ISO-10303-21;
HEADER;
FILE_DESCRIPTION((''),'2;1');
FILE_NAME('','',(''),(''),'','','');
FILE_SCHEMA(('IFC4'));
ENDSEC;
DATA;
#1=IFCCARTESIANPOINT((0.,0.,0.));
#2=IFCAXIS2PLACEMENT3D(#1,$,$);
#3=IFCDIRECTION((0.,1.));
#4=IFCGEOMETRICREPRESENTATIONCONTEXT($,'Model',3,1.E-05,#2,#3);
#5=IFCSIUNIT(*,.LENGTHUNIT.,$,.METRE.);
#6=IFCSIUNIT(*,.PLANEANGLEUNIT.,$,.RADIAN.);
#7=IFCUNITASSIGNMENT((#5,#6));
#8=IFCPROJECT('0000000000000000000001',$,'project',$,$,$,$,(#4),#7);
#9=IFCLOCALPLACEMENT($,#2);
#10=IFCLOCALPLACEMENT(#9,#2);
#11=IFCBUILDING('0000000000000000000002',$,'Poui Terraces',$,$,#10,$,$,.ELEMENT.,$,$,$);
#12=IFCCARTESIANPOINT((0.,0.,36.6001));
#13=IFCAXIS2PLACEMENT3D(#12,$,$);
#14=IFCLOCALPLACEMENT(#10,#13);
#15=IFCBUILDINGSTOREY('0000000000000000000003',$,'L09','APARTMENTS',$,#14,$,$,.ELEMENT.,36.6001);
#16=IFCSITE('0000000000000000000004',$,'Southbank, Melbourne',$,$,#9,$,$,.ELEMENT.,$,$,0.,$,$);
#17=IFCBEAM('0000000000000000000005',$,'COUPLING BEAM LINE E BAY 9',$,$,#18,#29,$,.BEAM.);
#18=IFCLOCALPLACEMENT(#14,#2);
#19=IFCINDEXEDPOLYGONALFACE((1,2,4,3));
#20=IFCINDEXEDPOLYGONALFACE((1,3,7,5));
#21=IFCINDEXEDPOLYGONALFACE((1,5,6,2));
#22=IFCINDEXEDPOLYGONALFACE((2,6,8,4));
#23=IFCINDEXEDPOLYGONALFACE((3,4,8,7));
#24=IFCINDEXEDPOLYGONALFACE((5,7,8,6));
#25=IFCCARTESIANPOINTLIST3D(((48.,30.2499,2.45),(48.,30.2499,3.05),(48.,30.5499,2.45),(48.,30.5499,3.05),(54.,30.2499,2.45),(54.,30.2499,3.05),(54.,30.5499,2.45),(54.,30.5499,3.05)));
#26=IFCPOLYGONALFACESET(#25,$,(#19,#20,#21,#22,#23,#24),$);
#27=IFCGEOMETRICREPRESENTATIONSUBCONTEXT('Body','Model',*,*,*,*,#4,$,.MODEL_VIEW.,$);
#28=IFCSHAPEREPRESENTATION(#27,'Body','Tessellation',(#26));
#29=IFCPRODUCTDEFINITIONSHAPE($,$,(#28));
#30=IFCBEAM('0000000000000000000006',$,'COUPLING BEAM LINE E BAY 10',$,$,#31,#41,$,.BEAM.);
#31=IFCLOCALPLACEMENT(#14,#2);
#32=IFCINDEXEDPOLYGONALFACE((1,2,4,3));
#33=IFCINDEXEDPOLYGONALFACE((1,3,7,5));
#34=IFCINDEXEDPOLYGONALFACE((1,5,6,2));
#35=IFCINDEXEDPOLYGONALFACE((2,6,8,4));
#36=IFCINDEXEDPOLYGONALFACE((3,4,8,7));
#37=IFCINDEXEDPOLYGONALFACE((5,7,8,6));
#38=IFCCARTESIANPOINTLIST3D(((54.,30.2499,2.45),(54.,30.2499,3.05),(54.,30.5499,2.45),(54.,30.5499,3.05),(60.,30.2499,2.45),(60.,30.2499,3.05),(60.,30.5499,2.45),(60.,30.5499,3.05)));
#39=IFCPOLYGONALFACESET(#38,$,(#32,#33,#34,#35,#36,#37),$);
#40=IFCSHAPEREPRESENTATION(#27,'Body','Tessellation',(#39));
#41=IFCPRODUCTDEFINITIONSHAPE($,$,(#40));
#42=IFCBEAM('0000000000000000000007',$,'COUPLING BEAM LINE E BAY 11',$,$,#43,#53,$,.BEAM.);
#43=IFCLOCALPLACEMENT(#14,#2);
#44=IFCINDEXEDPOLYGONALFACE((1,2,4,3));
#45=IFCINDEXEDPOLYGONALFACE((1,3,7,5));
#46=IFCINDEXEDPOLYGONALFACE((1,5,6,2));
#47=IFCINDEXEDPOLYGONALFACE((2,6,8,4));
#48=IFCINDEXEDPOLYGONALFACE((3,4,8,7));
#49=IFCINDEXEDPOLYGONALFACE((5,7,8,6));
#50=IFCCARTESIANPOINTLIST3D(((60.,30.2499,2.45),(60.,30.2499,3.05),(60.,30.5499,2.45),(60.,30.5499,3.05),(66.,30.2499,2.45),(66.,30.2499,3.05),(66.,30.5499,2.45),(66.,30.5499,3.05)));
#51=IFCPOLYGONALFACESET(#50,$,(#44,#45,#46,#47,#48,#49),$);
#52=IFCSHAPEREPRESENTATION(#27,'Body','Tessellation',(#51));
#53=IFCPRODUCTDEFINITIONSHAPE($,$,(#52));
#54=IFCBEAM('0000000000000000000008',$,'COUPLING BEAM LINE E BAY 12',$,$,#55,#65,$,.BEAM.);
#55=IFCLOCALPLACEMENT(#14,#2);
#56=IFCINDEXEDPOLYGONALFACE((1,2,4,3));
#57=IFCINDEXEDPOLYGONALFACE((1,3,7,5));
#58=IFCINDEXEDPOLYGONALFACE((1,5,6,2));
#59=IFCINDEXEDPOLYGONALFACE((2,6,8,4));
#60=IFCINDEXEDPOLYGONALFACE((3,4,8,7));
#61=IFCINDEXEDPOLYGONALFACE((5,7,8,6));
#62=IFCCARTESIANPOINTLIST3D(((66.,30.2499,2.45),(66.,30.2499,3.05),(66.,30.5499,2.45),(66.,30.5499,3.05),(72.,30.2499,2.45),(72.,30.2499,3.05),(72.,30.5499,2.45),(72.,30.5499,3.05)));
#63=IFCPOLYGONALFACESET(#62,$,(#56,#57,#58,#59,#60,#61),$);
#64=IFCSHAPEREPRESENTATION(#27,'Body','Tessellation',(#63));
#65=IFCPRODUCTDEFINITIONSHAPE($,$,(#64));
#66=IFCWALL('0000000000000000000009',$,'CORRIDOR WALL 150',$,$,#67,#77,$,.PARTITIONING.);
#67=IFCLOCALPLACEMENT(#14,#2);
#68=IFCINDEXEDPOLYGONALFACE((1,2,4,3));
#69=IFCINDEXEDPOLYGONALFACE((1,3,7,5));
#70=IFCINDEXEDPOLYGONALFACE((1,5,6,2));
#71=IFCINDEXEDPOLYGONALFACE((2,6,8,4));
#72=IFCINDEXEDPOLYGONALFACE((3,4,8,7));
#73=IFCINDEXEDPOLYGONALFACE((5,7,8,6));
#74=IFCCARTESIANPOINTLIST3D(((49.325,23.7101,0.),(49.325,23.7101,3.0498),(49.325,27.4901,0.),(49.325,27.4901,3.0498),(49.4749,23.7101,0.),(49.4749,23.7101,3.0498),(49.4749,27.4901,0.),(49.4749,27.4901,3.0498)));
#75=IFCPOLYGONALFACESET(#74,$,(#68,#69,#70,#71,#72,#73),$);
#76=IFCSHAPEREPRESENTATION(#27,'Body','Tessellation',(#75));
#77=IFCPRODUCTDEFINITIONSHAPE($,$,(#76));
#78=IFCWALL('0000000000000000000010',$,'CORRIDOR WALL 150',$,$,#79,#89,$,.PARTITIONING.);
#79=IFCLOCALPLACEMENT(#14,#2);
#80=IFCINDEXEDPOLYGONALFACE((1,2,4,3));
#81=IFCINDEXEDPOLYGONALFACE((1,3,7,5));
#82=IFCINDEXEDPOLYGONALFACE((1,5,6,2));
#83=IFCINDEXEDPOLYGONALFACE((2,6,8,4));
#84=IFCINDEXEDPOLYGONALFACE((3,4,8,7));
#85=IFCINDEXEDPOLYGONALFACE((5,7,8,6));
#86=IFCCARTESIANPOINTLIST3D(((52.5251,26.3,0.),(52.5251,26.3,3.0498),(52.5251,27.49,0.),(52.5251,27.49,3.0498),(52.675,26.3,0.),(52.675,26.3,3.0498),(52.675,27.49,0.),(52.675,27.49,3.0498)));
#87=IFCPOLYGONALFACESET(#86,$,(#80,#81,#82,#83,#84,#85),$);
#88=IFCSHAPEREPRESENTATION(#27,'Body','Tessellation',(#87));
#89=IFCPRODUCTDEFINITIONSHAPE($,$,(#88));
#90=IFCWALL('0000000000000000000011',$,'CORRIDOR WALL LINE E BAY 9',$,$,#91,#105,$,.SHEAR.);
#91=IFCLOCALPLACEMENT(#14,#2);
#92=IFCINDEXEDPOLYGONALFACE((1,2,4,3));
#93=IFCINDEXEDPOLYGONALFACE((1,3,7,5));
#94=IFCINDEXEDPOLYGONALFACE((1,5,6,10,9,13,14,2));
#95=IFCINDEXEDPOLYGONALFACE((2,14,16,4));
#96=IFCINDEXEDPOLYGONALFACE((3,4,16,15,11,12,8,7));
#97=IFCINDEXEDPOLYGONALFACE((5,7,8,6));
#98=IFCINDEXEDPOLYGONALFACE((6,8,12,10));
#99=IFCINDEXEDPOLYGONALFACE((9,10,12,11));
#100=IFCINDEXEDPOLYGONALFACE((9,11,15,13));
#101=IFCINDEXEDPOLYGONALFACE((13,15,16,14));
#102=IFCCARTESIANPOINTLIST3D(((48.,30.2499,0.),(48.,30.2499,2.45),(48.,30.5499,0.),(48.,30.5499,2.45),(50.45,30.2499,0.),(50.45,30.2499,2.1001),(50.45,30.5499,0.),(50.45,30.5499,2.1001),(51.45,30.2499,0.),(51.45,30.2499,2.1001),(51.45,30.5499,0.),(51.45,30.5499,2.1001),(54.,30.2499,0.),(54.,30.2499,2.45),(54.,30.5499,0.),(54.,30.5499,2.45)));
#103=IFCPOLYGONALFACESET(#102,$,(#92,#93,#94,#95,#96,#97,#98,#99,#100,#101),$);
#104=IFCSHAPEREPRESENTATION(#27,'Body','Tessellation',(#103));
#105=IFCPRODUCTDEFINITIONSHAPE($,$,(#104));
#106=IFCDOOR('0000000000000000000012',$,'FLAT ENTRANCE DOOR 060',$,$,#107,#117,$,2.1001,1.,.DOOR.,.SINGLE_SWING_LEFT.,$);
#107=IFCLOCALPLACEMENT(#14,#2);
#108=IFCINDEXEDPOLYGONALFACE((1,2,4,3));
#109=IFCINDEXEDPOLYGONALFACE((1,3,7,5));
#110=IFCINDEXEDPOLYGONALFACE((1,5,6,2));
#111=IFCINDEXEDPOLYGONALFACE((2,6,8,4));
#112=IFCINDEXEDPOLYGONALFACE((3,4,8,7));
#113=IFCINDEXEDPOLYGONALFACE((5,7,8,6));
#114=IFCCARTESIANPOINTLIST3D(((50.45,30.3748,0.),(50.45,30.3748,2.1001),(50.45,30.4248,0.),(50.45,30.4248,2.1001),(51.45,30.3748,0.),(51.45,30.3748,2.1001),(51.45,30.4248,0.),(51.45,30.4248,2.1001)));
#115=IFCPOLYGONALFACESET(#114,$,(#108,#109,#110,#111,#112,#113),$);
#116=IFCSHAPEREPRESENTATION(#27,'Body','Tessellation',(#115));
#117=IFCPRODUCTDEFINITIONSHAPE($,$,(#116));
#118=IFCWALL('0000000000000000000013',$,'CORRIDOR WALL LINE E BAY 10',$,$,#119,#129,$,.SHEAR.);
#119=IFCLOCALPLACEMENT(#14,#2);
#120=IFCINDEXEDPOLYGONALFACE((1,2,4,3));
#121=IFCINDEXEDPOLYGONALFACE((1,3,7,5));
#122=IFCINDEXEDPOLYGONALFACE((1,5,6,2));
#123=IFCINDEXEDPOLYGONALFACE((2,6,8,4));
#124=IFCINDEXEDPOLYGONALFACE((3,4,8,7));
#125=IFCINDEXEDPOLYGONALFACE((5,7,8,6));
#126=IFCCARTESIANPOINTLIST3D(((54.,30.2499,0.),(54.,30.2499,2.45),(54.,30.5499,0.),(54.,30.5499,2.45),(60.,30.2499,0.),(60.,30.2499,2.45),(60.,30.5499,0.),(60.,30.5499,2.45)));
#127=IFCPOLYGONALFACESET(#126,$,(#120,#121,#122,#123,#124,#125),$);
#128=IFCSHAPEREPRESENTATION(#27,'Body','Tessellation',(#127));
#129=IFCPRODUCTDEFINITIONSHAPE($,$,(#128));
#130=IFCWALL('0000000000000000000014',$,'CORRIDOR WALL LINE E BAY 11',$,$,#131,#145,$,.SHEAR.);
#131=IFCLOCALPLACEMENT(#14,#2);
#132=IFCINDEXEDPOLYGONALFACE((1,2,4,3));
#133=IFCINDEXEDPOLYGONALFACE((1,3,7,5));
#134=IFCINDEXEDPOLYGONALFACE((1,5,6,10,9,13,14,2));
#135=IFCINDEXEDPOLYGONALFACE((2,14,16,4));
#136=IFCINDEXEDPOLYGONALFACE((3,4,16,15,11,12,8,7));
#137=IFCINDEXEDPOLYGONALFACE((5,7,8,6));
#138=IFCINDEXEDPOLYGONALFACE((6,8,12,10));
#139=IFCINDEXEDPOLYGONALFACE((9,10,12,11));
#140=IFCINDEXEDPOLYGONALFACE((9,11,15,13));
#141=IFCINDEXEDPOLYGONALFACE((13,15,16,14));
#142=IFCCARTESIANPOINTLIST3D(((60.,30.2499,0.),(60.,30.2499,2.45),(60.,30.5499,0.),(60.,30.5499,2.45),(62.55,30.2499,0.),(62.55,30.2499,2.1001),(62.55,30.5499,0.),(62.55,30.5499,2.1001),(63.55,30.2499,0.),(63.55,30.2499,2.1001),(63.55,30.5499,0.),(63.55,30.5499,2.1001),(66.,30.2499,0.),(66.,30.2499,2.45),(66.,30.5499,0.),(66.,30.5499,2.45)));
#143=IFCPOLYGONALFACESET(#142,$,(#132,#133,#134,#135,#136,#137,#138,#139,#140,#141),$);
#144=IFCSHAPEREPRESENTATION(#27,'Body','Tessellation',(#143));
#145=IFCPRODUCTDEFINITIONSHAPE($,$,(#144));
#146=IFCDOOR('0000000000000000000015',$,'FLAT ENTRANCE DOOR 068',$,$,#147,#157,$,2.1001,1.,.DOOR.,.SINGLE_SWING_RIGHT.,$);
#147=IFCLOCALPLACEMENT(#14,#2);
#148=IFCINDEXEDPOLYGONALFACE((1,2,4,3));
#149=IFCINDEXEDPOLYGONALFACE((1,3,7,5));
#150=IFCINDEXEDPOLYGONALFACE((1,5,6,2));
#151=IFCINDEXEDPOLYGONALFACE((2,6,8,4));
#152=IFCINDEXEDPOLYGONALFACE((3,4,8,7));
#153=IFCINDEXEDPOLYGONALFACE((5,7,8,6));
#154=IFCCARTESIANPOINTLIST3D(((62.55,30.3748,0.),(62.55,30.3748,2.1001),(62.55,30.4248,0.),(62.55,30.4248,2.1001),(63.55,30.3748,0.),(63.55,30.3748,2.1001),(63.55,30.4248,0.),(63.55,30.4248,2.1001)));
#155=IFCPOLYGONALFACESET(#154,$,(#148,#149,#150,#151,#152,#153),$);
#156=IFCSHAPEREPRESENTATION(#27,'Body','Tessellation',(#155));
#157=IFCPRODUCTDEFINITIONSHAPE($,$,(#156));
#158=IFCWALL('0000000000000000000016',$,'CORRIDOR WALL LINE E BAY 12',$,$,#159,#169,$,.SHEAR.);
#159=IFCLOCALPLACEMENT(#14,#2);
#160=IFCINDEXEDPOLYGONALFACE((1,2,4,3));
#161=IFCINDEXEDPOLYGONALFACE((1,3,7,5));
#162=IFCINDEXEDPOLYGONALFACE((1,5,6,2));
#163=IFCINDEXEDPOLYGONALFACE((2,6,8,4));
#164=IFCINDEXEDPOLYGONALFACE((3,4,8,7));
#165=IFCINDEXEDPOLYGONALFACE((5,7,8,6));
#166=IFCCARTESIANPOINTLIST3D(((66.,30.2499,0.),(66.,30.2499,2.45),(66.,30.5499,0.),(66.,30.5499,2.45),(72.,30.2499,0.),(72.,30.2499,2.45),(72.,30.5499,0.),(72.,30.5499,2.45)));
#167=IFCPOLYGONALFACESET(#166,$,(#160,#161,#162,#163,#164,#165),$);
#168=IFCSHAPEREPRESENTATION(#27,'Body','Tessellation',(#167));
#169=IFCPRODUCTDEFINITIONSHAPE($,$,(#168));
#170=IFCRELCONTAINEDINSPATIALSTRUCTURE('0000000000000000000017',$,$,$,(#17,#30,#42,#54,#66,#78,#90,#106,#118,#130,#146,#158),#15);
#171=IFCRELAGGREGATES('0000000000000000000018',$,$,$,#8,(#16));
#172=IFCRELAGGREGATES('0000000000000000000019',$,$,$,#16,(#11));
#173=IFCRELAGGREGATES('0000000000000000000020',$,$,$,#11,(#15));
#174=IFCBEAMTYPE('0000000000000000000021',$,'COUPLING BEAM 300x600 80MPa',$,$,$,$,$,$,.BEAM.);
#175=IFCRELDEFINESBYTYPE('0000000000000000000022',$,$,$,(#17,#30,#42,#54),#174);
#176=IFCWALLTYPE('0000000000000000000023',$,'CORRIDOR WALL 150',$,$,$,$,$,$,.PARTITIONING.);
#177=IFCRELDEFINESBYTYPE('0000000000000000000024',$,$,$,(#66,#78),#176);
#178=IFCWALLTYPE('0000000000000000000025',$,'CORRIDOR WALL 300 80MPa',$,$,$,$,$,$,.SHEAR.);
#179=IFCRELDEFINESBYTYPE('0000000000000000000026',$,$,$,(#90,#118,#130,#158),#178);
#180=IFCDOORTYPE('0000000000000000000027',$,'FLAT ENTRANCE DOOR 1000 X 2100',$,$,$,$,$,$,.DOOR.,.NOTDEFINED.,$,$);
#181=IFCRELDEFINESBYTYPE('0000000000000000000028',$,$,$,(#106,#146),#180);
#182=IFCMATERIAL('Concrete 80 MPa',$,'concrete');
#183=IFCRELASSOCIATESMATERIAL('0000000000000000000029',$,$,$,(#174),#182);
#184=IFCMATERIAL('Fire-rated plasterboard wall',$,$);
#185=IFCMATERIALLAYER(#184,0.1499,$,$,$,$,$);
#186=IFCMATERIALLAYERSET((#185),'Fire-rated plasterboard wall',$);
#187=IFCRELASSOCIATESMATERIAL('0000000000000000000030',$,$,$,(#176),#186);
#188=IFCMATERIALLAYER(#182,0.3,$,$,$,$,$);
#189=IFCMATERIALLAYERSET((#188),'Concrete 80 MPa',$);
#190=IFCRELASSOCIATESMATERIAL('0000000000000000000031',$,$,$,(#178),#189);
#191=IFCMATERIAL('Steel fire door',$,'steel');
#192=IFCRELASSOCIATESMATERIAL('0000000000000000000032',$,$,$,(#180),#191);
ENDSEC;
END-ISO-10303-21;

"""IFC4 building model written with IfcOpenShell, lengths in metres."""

from ifc_helpers import new_model, si_unit, direction, frame, frame_2d, origin, origin_2d, place, context, subcontext, project, spatial, rectangle, extrude, source, transform, mapped, material, layer, layer_set, material_profile, profile_set, type_object, element, fill, save


model = new_model("IFC4")

# Units and contexts
model_context = context("Model", 3, precision=1e-05, world=origin(), true_north=direction((0.0, 1.0)))
body_context = subcontext(model_context, "Body", "Model", "MODEL_VIEW")
ifc_project = project(units=[si_unit("LENGTHUNIT", "METRE"), si_unit("PLANEANGLEUNIT", "RADIAN")], contexts=[model_context])

# Site, building, storey
site_placement = place(None, origin())
site = spatial("IfcSite", under=ifc_project, at=site_placement, Name="Southbank, Melbourne", CompositionType="ELEMENT", RefElevation=0.0)
building_placement = place(site_placement, origin())
building = spatial("IfcBuilding", under=site, at=building_placement, Name="Poui Terraces", CompositionType="ELEMENT")
storey_placement = place(building_placement, frame((0.0, 0.0, 36.6001)))
storey = spatial("IfcBuildingStorey", under=building, at=storey_placement, Name="L09", Description="APARTMENTS", CompositionType="ELEMENT", Elevation=36.6001)

# Beams
ifc_material_1 = material(Name="Concrete 80 MPa", Category="concrete")
ifc_material_profile = material_profile(ifc_material_1, rectangle(XDim=0.3, YDim=0.6001, at=origin_2d()), Name="RC 300x600")
ifc_profile_set = profile_set([ifc_material_profile], Name="Concrete 80 MPa")
beam_type = type_object("IfcBeamType", Name="COUPLING BEAM 300x600 80MPa", PredefinedType="BEAM", material=ifc_profile_set)
shared_shape = source(origin(), body_context, "Body", "SweptSolid", [
    extrude(rectangle(XDim=0.3, YDim=0.6001, at=origin_2d()), origin(), (0.0, 0.0, 1.0), 6.0),
])
for number, where, z_axis, x_axis, name in (
    (1, (48.0, 30.3999, 2.75), (1.0, 0.0, 0.0), (0.0, 1.0, 0.0), "COUPLING BEAM LINE E BAY 9"),
    (2, (54.0, 30.3999, 2.75), (1.0, 0.0, 0.0), (0.0, 1.0, 0.0), "COUPLING BEAM LINE E BAY 10"),
    (3, (60.0, 30.3999, 2.75), (1.0, 0.0, 0.0), (0.0, 1.0, 0.0), "COUPLING BEAM LINE E BAY 11"),
    (4, (66.0, 30.3999, 2.75), (1.0, 0.0, 0.0), (0.0, 1.0, 0.0), "COUPLING BEAM LINE E BAY 12"),
):
    element("IfcBeam", number, at=place(storey_placement, frame(where, z_axis=z_axis, x_axis=x_axis)), inside=storey, type_object=beam_type, Name=name, PredefinedType="BEAM", context=body_context, shape_type="MappedRepresentation", body=[
        mapped(shared_shape, transform((0.0, 0.0, 0.0))),
    ])

# Walls
ifc_material_2 = material(Name="Fire-rated plasterboard wall")
ifc_layer_1 = layer(ifc_material_2, 0.1499)
ifc_layer_set_1 = layer_set([ifc_layer_1], Name="Fire-rated plasterboard wall")
wall_type_1 = type_object("IfcWallType", Name="CORRIDOR WALL 150", PredefinedType="PARTITIONING", material=ifc_layer_set_1)
wall_1_placement = place(storey_placement, frame((49.3999, 23.71, 0.0), z_axis=(0.0, 0.0, 1.0), x_axis=(0.0, 1.0, 0.0)))
element("IfcWall", 5, at=wall_1_placement, inside=storey, type_object=wall_type_1, Name="CORRIDOR WALL 150", PredefinedType="PARTITIONING", context=body_context, shape_type="SweptSolid", body=[
    extrude(rectangle(XDim=3.78, YDim=0.1499, at=frame_2d((1.8901, 0.0))), origin(), (0.0, 0.0, 1.0), 3.0498),
])
wall_2_placement = place(storey_placement, frame((52.6001, 26.3, 0.0), z_axis=(0.0, 0.0, 1.0), x_axis=(0.0, 1.0, 0.0)))
element("IfcWall", 6, at=wall_2_placement, inside=storey, type_object=wall_type_1, Name="CORRIDOR WALL 150", PredefinedType="PARTITIONING", context=body_context, shape_type="SweptSolid", body=[
    extrude(rectangle(XDim=1.1899, YDim=0.1499, at=frame_2d((0.595, 0.0))), origin(), (0.0, 0.0, 1.0), 3.0498),
])

# Wall, opening, door
ifc_layer_2 = layer(ifc_material_1, 0.3)
ifc_layer_set_2 = layer_set([ifc_layer_2], Name="Concrete 80 MPa")
wall_type_2 = type_object("IfcWallType", Name="CORRIDOR WALL 300 80MPa", PredefinedType="SHEAR", material=ifc_layer_set_2)
wall_3_placement = place(storey_placement, frame((48.0, 30.3999, 0.0), z_axis=(0.0, 0.0, 1.0), x_axis=(1.0, 0.0, 0.0)))
wall_3 = element("IfcWall", 7, at=wall_3_placement, inside=storey, type_object=wall_type_2, Name="CORRIDOR WALL LINE E BAY 9", PredefinedType="SHEAR", context=body_context, shape_type="SweptSolid", body=[
    extrude(rectangle(XDim=6.0, YDim=0.3, at=frame_2d((3.0, 0.0))), origin(), (0.0, 0.0, 1.0), 2.45),
])
opening_1_placement = place(wall_3_placement, frame((2.45, 0.0, 0.0)))
opening_1 = element("IfcOpeningElement", 8, at=opening_1_placement, cuts=wall_3, PredefinedType="OPENING", context=body_context, shape_type="SweptSolid", body=[
    extrude(rectangle(XDim=1.0, YDim=2.1001, at=frame_2d((0.5, 1.05))), frame((0.0, 0.1602, 0.0), z_axis=(0.0, -1.0, 0.0), x_axis=(1.0, 0.0, 0.0)), (0.0, 0.0, 1.0), 0.3201),
])
ifc_material_3 = material(Name="Steel fire door", Category="steel")
door_type_1 = type_object("IfcDoorType", Name="FLAT ENTRANCE DOOR 1000 X 2100", OperationType="NOTDEFINED", PredefinedType="DOOR", material=ifc_material_3)
door_1_placement = place(opening_1_placement, origin())
door_1 = element("IfcDoor", 9, at=door_1_placement, inside=storey, type_object=door_type_1, Name="FLAT ENTRANCE DOOR 060", OperationType="SINGLE_SWING_LEFT", OverallHeight=2.1001, OverallWidth=1.0, PredefinedType="DOOR", context=body_context, shape_type="SweptSolid", body=[
    extrude(rectangle(XDim=1.0, YDim=2.1001, at=frame_2d((0.5, 1.05))), frame((0.0, 0.0249, 0.0), z_axis=(0.0, -1.0, 0.0), x_axis=(1.0, 0.0, 0.0)), (0.0, 0.0, 1.0), 0.05),
])
fill(opening_1, door_1)

# Wall
wall_4_placement = place(storey_placement, frame((54.0, 30.3999, 0.0), z_axis=(0.0, 0.0, 1.0), x_axis=(1.0, 0.0, 0.0)))
element("IfcWall", 10, at=wall_4_placement, inside=storey, type_object=wall_type_2, Name="CORRIDOR WALL LINE E BAY 10", PredefinedType="SHEAR", context=body_context, shape_type="SweptSolid", body=[
    extrude(rectangle(XDim=6.0, YDim=0.3, at=frame_2d((3.0, 0.0))), origin(), (0.0, 0.0, 1.0), 2.45),
])

# Wall, opening, door
wall_5_placement = place(storey_placement, frame((60.0, 30.3999, 0.0), z_axis=(0.0, 0.0, 1.0), x_axis=(1.0, 0.0, 0.0)))
wall_5 = element("IfcWall", 11, at=wall_5_placement, inside=storey, type_object=wall_type_2, Name="CORRIDOR WALL LINE E BAY 11", PredefinedType="SHEAR", context=body_context, shape_type="SweptSolid", body=[
    extrude(rectangle(XDim=6.0, YDim=0.3, at=frame_2d((3.0, 0.0))), origin(), (0.0, 0.0, 1.0), 2.45),
])
opening_2_placement = place(wall_5_placement, frame((2.55, 0.0, 0.0)))
opening_2 = element("IfcOpeningElement", 12, at=opening_2_placement, cuts=wall_5, PredefinedType="OPENING", context=body_context, shape_type="SweptSolid", body=[
    extrude(rectangle(XDim=1.0, YDim=2.1001, at=frame_2d((0.5, 1.05))), frame((0.0, 0.1602, 0.0), z_axis=(0.0, -1.0, 0.0), x_axis=(1.0, 0.0, 0.0)), (0.0, 0.0, 1.0), 0.3201),
])
door_2_placement = place(opening_2_placement, origin())
door_2 = element("IfcDoor", 13, at=door_2_placement, inside=storey, type_object=door_type_1, Name="FLAT ENTRANCE DOOR 068", OperationType="SINGLE_SWING_RIGHT", OverallHeight=2.1001, OverallWidth=1.0, PredefinedType="DOOR", context=body_context, shape_type="SweptSolid", body=[
    extrude(rectangle(XDim=1.0, YDim=2.1001, at=frame_2d((0.5, 1.05))), frame((0.0, 0.0249, 0.0), z_axis=(0.0, -1.0, 0.0), x_axis=(1.0, 0.0, 0.0)), (0.0, 0.0, 1.0), 0.05),
])
fill(opening_2, door_2)

# Wall
wall_6_placement = place(storey_placement, frame((66.0, 30.3999, 0.0), z_axis=(0.0, 0.0, 1.0), x_axis=(1.0, 0.0, 0.0)))
element("IfcWall", 14, at=wall_6_placement, inside=storey, type_object=wall_type_2, Name="CORRIDOR WALL LINE E BAY 12", PredefinedType="SHEAR", context=body_context, shape_type="SweptSolid", body=[
    extrude(rectangle(XDim=6.0, YDim=0.3, at=frame_2d((3.0, 0.0))), origin(), (0.0, 0.0, 1.0), 2.45),
])

save(model, "model.ifc")
